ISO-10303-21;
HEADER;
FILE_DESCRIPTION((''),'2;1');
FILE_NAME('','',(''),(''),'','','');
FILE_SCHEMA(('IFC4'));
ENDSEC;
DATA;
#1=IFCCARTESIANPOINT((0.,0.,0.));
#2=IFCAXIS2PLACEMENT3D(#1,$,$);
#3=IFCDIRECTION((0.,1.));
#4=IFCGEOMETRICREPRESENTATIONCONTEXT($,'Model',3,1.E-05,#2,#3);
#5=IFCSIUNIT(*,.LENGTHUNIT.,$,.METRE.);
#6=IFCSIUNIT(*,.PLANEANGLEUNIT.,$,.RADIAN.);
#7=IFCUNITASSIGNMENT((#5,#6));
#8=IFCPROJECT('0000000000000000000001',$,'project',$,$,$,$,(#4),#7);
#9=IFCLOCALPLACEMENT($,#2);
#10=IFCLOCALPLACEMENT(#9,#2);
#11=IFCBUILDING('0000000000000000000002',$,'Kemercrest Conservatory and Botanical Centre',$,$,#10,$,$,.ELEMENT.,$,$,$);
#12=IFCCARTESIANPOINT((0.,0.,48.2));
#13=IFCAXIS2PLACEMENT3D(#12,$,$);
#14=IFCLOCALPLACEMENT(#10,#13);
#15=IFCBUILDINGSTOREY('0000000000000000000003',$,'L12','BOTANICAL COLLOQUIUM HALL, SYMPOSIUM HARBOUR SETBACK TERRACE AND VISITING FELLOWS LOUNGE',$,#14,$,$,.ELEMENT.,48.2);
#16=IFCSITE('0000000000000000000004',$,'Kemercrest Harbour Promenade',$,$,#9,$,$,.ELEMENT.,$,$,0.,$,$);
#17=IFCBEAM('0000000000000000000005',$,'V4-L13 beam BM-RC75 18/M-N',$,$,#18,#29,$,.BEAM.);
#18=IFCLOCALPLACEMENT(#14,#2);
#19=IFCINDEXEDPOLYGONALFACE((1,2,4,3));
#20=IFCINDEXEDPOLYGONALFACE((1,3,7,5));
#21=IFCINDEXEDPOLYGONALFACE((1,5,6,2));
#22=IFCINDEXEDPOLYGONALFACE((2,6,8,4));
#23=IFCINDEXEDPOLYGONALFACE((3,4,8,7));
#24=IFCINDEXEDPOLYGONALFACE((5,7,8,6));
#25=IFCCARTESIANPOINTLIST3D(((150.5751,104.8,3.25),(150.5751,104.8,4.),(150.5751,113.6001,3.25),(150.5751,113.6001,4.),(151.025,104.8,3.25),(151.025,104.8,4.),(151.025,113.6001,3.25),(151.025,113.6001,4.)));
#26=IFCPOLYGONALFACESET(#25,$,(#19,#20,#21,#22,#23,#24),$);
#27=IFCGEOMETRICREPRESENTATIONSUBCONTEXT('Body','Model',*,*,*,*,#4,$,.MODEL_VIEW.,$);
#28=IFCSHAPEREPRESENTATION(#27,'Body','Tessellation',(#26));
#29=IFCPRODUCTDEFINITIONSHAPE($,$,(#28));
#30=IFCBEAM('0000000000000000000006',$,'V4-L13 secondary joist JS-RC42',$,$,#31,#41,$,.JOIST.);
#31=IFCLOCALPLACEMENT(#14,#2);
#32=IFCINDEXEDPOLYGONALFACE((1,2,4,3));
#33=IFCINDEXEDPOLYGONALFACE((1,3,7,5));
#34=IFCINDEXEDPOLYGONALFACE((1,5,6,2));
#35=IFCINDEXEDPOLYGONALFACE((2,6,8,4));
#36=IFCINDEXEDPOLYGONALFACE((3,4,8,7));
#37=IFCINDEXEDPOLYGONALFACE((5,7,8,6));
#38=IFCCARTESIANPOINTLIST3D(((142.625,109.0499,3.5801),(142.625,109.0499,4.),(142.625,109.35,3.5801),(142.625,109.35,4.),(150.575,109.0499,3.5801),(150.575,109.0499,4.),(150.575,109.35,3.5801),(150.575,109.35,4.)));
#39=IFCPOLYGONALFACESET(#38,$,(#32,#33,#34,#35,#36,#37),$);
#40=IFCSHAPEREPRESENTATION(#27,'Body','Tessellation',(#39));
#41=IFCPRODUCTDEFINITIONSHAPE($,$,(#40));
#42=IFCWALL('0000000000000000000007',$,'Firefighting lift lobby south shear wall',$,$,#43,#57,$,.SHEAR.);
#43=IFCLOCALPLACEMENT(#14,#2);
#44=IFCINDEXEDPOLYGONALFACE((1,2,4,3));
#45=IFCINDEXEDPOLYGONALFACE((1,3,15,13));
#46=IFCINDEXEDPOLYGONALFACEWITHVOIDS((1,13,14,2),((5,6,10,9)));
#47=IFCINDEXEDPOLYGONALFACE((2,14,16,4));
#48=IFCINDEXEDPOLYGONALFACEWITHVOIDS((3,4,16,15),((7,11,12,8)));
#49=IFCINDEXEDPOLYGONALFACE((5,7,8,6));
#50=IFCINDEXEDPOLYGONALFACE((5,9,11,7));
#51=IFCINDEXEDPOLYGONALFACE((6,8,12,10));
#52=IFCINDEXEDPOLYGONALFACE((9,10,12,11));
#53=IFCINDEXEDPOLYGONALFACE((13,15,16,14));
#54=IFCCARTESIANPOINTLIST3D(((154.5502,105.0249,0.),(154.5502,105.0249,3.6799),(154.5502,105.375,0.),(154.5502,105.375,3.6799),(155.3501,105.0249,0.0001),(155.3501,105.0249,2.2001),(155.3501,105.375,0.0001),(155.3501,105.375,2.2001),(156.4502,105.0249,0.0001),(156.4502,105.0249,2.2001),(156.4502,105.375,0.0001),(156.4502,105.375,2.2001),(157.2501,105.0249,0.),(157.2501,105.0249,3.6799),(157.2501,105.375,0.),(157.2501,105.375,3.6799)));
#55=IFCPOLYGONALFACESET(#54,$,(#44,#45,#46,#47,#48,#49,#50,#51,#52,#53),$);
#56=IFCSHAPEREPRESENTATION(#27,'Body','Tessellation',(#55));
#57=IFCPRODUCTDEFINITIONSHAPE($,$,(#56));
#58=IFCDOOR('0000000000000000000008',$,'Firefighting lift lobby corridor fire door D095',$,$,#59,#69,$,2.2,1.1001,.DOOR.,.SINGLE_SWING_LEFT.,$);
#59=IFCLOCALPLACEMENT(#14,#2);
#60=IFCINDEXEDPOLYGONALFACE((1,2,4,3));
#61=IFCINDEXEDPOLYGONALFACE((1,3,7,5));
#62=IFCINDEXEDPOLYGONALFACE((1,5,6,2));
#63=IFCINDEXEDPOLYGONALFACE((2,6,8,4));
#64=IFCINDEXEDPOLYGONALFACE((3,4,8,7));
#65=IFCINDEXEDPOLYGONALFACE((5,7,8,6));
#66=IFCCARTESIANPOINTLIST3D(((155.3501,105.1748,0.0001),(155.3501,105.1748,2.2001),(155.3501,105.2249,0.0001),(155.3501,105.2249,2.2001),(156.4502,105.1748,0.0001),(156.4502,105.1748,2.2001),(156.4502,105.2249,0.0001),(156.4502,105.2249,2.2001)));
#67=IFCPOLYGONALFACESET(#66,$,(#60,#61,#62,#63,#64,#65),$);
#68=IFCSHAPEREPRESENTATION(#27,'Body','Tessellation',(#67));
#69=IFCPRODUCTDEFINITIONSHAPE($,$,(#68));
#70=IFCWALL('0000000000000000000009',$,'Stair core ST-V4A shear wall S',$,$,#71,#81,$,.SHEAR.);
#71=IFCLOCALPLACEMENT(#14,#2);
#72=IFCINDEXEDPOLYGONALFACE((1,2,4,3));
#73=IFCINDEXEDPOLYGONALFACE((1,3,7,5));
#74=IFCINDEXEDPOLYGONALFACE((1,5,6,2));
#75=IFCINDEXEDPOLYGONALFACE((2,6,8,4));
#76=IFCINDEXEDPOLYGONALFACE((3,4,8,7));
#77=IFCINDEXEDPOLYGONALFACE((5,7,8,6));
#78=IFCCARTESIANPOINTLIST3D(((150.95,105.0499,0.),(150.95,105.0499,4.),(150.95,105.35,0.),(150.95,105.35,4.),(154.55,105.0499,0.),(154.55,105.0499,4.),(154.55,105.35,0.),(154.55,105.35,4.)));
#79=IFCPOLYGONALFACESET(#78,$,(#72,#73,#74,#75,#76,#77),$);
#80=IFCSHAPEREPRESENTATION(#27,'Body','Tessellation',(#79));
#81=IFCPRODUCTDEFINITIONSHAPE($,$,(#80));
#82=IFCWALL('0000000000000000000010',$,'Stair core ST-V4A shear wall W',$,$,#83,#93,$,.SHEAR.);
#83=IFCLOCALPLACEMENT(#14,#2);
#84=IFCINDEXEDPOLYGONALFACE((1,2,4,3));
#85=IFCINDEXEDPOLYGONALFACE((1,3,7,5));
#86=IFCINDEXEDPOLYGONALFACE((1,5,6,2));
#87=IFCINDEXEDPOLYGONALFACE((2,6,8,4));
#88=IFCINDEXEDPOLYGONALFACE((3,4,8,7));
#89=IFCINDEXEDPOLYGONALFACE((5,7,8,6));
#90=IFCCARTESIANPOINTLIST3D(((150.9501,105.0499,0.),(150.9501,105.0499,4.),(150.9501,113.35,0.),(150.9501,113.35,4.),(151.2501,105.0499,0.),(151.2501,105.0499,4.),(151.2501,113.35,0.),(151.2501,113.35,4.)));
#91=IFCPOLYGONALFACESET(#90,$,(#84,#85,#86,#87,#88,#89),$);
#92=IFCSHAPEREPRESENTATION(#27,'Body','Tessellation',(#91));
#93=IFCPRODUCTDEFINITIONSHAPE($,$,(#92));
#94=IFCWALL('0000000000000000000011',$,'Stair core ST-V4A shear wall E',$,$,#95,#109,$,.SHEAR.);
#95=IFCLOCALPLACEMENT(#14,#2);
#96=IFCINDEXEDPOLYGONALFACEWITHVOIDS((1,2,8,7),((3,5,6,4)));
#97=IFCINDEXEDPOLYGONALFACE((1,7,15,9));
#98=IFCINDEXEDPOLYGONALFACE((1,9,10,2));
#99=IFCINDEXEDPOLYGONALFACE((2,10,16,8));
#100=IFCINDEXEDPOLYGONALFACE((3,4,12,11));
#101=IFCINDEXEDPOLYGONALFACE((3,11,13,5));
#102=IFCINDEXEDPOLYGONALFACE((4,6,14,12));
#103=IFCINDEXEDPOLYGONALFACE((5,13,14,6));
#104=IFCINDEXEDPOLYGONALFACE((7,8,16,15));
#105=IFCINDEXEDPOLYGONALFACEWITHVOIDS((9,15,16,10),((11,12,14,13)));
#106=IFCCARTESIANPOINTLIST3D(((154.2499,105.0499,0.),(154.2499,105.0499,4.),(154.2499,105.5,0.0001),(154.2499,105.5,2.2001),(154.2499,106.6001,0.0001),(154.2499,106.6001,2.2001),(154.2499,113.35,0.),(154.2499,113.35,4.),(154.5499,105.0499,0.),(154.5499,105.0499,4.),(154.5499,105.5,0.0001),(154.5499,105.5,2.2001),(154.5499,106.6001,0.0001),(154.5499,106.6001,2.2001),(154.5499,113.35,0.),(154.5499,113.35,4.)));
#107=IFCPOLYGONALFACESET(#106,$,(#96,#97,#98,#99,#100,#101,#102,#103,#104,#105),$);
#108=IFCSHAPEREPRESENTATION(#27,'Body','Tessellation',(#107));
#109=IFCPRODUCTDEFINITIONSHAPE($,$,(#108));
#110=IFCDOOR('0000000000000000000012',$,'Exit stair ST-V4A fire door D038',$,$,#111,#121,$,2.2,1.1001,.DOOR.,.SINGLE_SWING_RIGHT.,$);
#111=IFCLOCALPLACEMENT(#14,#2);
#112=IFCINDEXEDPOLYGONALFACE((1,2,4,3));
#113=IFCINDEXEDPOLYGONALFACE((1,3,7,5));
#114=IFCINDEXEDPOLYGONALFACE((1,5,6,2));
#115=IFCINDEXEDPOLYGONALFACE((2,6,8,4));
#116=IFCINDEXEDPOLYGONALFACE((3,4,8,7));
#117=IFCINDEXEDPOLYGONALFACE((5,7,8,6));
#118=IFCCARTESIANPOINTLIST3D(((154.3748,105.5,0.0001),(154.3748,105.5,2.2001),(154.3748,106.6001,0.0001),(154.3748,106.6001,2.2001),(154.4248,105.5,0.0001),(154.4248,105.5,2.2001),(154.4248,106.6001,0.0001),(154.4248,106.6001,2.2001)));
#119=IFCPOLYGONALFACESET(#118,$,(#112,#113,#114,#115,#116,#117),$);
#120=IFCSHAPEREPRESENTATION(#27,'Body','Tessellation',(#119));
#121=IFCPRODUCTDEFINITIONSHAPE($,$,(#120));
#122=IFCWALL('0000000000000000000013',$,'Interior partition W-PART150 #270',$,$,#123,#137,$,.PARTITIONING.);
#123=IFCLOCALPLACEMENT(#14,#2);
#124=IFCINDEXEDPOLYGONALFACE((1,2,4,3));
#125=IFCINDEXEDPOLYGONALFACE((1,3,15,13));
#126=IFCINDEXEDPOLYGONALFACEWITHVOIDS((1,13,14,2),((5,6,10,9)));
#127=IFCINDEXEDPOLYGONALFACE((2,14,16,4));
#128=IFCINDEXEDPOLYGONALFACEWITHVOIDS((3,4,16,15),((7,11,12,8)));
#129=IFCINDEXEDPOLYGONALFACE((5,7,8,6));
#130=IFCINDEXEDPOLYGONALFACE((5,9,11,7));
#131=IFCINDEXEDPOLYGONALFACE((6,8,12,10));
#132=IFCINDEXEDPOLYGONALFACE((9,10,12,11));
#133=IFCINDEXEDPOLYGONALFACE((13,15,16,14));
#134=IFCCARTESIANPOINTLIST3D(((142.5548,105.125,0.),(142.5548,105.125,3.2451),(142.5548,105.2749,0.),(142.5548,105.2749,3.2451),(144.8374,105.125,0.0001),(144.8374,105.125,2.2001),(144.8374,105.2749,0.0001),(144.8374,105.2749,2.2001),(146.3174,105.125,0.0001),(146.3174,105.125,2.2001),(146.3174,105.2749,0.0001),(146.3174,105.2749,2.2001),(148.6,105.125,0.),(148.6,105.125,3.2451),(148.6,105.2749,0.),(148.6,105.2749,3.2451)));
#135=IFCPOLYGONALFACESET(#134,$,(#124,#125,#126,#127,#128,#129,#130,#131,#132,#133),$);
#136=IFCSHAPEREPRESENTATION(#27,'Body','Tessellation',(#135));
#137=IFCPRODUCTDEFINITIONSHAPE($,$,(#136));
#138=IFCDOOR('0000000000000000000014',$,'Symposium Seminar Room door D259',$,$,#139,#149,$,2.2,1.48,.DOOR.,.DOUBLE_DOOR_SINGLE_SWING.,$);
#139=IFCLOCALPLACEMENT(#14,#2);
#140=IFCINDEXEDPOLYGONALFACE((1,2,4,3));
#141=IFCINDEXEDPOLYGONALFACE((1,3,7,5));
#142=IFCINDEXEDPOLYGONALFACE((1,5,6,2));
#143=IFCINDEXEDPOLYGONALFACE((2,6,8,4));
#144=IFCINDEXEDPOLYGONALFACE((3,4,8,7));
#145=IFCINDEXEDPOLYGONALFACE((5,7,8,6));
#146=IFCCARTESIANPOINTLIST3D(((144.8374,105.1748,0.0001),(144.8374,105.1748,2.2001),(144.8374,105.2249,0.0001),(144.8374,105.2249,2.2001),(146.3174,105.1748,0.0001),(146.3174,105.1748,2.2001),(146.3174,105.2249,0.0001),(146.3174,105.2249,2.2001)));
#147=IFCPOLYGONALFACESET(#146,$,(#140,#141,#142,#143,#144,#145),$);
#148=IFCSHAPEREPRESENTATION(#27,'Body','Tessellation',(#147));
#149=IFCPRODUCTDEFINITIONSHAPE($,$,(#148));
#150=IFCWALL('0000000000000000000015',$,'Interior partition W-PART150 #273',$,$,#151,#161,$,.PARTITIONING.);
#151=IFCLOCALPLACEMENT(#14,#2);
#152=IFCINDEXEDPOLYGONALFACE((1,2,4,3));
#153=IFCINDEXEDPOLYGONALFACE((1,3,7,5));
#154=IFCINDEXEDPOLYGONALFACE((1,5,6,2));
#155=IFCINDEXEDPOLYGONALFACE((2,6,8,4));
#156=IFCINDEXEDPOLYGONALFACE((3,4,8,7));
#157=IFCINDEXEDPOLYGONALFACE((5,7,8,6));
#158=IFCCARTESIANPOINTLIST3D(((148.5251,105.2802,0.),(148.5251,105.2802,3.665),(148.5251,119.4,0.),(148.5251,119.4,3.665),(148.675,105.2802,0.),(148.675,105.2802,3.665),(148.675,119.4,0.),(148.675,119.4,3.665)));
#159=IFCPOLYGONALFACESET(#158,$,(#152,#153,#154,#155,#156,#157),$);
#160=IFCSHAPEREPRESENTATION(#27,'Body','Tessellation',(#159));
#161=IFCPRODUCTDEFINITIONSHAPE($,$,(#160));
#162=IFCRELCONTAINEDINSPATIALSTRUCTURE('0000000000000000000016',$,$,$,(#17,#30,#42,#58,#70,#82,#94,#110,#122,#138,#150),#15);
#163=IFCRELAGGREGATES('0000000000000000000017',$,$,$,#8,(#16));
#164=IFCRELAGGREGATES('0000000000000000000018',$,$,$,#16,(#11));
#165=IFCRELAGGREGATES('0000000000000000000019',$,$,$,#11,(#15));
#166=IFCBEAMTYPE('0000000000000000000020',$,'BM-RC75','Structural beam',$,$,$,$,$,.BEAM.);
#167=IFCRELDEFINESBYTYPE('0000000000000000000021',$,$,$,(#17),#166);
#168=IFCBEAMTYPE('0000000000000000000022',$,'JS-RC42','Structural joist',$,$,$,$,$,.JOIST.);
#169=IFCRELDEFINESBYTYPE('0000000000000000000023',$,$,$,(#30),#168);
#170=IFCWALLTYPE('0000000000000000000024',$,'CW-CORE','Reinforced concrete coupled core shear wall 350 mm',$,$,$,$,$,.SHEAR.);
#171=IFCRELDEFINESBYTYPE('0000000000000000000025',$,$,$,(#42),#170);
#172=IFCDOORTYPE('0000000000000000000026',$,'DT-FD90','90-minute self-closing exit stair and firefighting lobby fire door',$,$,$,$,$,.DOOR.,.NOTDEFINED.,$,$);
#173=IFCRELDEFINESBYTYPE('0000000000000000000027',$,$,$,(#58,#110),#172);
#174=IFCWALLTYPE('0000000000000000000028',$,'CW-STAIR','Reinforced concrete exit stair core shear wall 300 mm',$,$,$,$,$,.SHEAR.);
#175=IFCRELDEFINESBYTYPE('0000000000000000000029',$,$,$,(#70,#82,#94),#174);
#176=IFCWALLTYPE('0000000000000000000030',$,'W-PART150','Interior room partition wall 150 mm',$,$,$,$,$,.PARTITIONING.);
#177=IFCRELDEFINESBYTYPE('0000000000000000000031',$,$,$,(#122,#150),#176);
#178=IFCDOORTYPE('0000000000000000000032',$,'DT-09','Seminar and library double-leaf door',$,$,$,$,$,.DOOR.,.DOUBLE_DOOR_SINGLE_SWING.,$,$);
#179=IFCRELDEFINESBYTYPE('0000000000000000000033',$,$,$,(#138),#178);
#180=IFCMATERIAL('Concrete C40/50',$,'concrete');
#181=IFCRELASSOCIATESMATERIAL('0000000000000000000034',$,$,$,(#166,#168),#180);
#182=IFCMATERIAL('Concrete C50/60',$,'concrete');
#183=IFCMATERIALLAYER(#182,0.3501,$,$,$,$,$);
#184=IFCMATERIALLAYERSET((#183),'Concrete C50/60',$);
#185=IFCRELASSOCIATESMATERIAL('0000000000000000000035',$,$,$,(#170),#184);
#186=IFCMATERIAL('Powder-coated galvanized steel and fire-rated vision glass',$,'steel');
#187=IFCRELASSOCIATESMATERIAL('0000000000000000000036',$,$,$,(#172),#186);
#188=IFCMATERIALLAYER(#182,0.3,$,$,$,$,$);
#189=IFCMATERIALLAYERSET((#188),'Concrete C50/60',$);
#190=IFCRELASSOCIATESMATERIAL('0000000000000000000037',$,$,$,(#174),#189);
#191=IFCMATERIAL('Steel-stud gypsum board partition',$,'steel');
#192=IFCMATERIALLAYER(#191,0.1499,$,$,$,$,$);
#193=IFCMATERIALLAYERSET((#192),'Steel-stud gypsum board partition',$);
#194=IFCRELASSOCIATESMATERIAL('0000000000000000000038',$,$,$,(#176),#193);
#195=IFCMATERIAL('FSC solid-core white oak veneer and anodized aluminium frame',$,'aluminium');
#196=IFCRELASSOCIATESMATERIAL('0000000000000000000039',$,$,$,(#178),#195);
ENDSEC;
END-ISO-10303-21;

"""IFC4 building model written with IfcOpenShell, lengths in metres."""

from ifc_helpers import new_model, si_unit, direction, frame, frame_2d, origin, origin_2d, place, context, subcontext, project, spatial, rectangle, extrude, material, layer, layer_set, material_profile, profile_set, type_object, element, fill, save


model = new_model("IFC4")

# Units and contexts
model_context = context("Model", 3, precision=1e-05, world=origin(), true_north=direction((0.0, 1.0)))
body_context = subcontext(model_context, "Body", "Model", "MODEL_VIEW")
ifc_project = project(units=[si_unit("LENGTHUNIT", "METRE"), si_unit("PLANEANGLEUNIT", "RADIAN")], contexts=[model_context])

# Site, building, storey
site_placement = place(None, origin())
site = spatial("IfcSite", under=ifc_project, at=site_placement, Name="Kemercrest Harbour Promenade", CompositionType="ELEMENT", RefElevation=0.0)
building_placement = place(site_placement, origin())
building = spatial("IfcBuilding", under=site, at=building_placement, Name="Kemercrest Conservatory and Botanical Centre", CompositionType="ELEMENT")
storey_placement = place(building_placement, frame((0.0, 0.0, 48.2)))
storey = spatial("IfcBuildingStorey", under=building, at=storey_placement, Name="L12", Description="BOTANICAL COLLOQUIUM HALL, SYMPOSIUM HARBOUR SETBACK TERRACE AND VISITING FELLOWS LOUNGE", CompositionType="ELEMENT", Elevation=48.2)

# Beams
ifc_material_1 = material(Name="Concrete C40/50", Category="concrete")
ifc_material_profile_1 = material_profile(ifc_material_1, rectangle(XDim=0.45, YDim=0.75, at=origin_2d()), Name="RC 450x750")
ifc_profile_set_1 = profile_set([ifc_material_profile_1], Name="Concrete C40/50")
beam_type_1 = type_object("IfcBeamType", Name="BM-RC75", Description="Structural beam", PredefinedType="BEAM", material=ifc_profile_set_1)
beam_1_placement = place(storey_placement, frame((150.8, 104.8, 3.625), z_axis=(0.0, 1.0, 0.0), x_axis=(-1.0, 0.0, 0.0)))
element("IfcBeam", 1, at=beam_1_placement, inside=storey, type_object=beam_type_1, Name="V4-L13 beam BM-RC75 18/M-N", PredefinedType="BEAM", context=body_context, shape_type="SweptSolid", body=[
    extrude(rectangle(XDim=0.45, YDim=0.75, at=origin_2d()), origin(), (0.0, 0.0, 1.0), 8.8),
])
ifc_material_profile_2 = material_profile(ifc_material_1, rectangle(XDim=0.3, YDim=0.4199, at=origin_2d()), Name="RC 300x420")
ifc_profile_set_2 = profile_set([ifc_material_profile_2], Name="Concrete C40/50")
beam_type_2 = type_object("IfcBeamType", Name="JS-RC42", Description="Structural joist", PredefinedType="JOIST", material=ifc_profile_set_2)
beam_2_placement = place(storey_placement, frame((142.625, 109.2, 3.79), z_axis=(1.0, 0.0, 0.0), x_axis=(0.0, 1.0, 0.0)))
element("IfcBeam", 2, at=beam_2_placement, inside=storey, type_object=beam_type_2, Name="V4-L13 secondary joist JS-RC42", PredefinedType="JOIST", context=body_context, shape_type="SweptSolid", body=[
    extrude(rectangle(XDim=0.3, YDim=0.4199, at=origin_2d()), origin(), (0.0, 0.0, 1.0), 7.95),
])

# Wall, opening, door
ifc_material_2 = material(Name="Concrete C50/60", Category="concrete")
ifc_layer_1 = layer(ifc_material_2, 0.3501)
ifc_layer_set_1 = layer_set([ifc_layer_1], Name="Concrete C50/60")
wall_type_1 = type_object("IfcWallType", Name="CW-CORE", Description="Reinforced concrete coupled core shear wall 350 mm", PredefinedType="SHEAR", material=ifc_layer_set_1)
wall_1_placement = place(storey_placement, frame((154.55, 105.2, 0.0), z_axis=(0.0, 0.0, 1.0), x_axis=(1.0, 0.0, 0.0)))
wall_1 = element("IfcWall", 3, at=wall_1_placement, inside=storey, type_object=wall_type_1, Name="Firefighting lift lobby south shear wall", PredefinedType="SHEAR", context=body_context, shape_type="SweptSolid", body=[
    extrude(rectangle(XDim=2.7, YDim=0.3501, at=frame_2d((1.3501, 0.0))), origin(), (0.0, 0.0, 1.0), 3.6799),
])
opening_1_placement = place(wall_1_placement, frame((0.8, 0.0, 0.0)))
opening_1 = element("IfcOpeningElement", 4, at=opening_1_placement, cuts=wall_1, PredefinedType="OPENING", context=body_context, shape_type="SweptSolid", body=[
    extrude(rectangle(XDim=1.1001, YDim=2.2, at=frame_2d((0.55, 1.1001))), frame((0.0, 0.1851, 0.0), z_axis=(0.0, -1.0, 0.0), x_axis=(1.0, 0.0, 0.0)), (0.0, 0.0, 1.0), 0.3701),
])
ifc_material_3 = material(Name="Powder-coated galvanized steel and fire-rated vision glass", Category="steel")
door_type_1 = type_object("IfcDoorType", Name="DT-FD90", Description="90-minute self-closing exit stair and firefighting lobby fire door", OperationType="NOTDEFINED", PredefinedType="DOOR", material=ifc_material_3)
door_1_placement = place(opening_1_placement, origin())
door_1 = element("IfcDoor", 5, at=door_1_placement, inside=storey, type_object=door_type_1, Name="Firefighting lift lobby corridor fire door D095", OperationType="SINGLE_SWING_LEFT", OverallHeight=2.2, OverallWidth=1.1001, PredefinedType="DOOR", context=body_context, shape_type="SweptSolid", body=[
    extrude(rectangle(XDim=1.1001, YDim=2.2, at=frame_2d((0.55, 1.1001))), frame((0.0, 0.0249, 0.0), z_axis=(0.0, -1.0, 0.0), x_axis=(1.0, 0.0, 0.0)), (0.0, 0.0, 1.0), 0.05),
])
fill(opening_1, door_1)

# Walls
ifc_layer_2 = layer(ifc_material_2, 0.3)
ifc_layer_set_2 = layer_set([ifc_layer_2], Name="Concrete C50/60")
wall_type_2 = type_object("IfcWallType", Name="CW-STAIR", Description="Reinforced concrete exit stair core shear wall 300 mm", PredefinedType="SHEAR", material=ifc_layer_set_2)
wall_2_placement = place(storey_placement, frame((150.95, 105.2, 0.0), z_axis=(0.0, 0.0, 1.0), x_axis=(1.0, 0.0, 0.0)))
element("IfcWall", 6, at=wall_2_placement, inside=storey, type_object=wall_type_2, Name="Stair core ST-V4A shear wall S", PredefinedType="SHEAR", context=body_context, shape_type="SweptSolid", body=[
    extrude(rectangle(XDim=3.6001, YDim=0.3, at=frame_2d((1.8, 0.0))), origin(), (0.0, 0.0, 1.0), 4.0),
])
wall_3_placement = place(storey_placement, frame((151.1001, 105.05, 0.0), z_axis=(0.0, 0.0, 1.0), x_axis=(0.0, 1.0, 0.0)))
element("IfcWall", 7, at=wall_3_placement, inside=storey, type_object=wall_type_2, Name="Stair core ST-V4A shear wall W", PredefinedType="SHEAR", context=body_context, shape_type="SweptSolid", body=[
    extrude(rectangle(XDim=8.3, YDim=0.3, at=frame_2d((4.1499, 0.0))), origin(), (0.0, 0.0, 1.0), 4.0),
])

# Walls, openings, doors
wall_4_placement = place(storey_placement, frame((154.3999, 105.05, 0.0), z_axis=(0.0, 0.0, 1.0), x_axis=(0.0, 1.0, 0.0)))
wall_4 = element("IfcWall", 8, at=wall_4_placement, inside=storey, type_object=wall_type_2, Name="Stair core ST-V4A shear wall E", PredefinedType="SHEAR", context=body_context, shape_type="SweptSolid", body=[
    extrude(rectangle(XDim=8.3, YDim=0.3, at=frame_2d((4.1499, 0.0))), origin(), (0.0, 0.0, 1.0), 4.0),
])
opening_2_placement = place(wall_4_placement, frame((0.45, 0.0, 0.0)))
opening_2 = element("IfcOpeningElement", 9, at=opening_2_placement, cuts=wall_4, PredefinedType="OPENING", context=body_context, shape_type="SweptSolid", body=[
    extrude(rectangle(XDim=1.1001, YDim=2.2, at=frame_2d((0.55, 1.1001))), frame((0.0, 0.1602, 0.0), z_axis=(0.0, -1.0, 0.0), x_axis=(1.0, 0.0, 0.0)), (0.0, 0.0, 1.0), 0.3201),
])
door_2_placement = place(opening_2_placement, frame((1.1001, 0.0, 0.0), z_axis=(0.0, 0.0, 1.0), x_axis=(-1.0, 0.0, 0.0)))
door_2 = element("IfcDoor", 10, at=door_2_placement, inside=storey, type_object=door_type_1, Name="Exit stair ST-V4A fire door D038", OperationType="SINGLE_SWING_RIGHT", OverallHeight=2.2, OverallWidth=1.1001, PredefinedType="DOOR", context=body_context, shape_type="SweptSolid", body=[
    extrude(rectangle(XDim=1.1001, YDim=2.2, at=frame_2d((0.55, 1.1001))), frame((0.0, 0.0249, 0.0), z_axis=(0.0, -1.0, 0.0), x_axis=(1.0, 0.0, 0.0)), (0.0, 0.0, 1.0), 0.05),
])
fill(opening_2, door_2)
ifc_material_4 = material(Name="Steel-stud gypsum board partition", Category="steel")
ifc_layer_3 = layer(ifc_material_4, 0.1499)
ifc_layer_set_3 = layer_set([ifc_layer_3], Name="Steel-stud gypsum board partition")
wall_type_3 = type_object("IfcWallType", Name="W-PART150", Description="Interior room partition wall 150 mm", PredefinedType="PARTITIONING", material=ifc_layer_set_3)
wall_5_placement = place(storey_placement, frame((142.5549, 105.2, 0.0), z_axis=(0.0, 0.0, 1.0), x_axis=(1.0, 0.0, 0.0)))
wall_5 = element("IfcWall", 11, at=wall_5_placement, inside=storey, type_object=wall_type_3, Name="Interior partition W-PART150 #270", PredefinedType="PARTITIONING", context=body_context, shape_type="SweptSolid", body=[
    extrude(rectangle(XDim=6.0452, YDim=0.1499, at=frame_2d((3.0225, 0.0))), origin(), (0.0, 0.0, 1.0), 3.2451),
])
opening_3_placement = place(wall_5_placement, frame((2.2825, 0.0, 0.0)))
opening_3 = element("IfcOpeningElement", 12, at=opening_3_placement, cuts=wall_5, PredefinedType="OPENING", context=body_context, shape_type="SweptSolid", body=[
    extrude(rectangle(XDim=1.48, YDim=2.2, at=frame_2d((0.74, 1.1001))), frame((0.0, 0.085, 0.0), z_axis=(0.0, -1.0, 0.0), x_axis=(1.0, 0.0, 0.0)), (0.0, 0.0, 1.0), 0.1699),
])
ifc_material_5 = material(Name="FSC solid-core white oak veneer and anodized aluminium frame", Category="aluminium")
door_type_2 = type_object("IfcDoorType", Name="DT-09", Description="Seminar and library double-leaf door", OperationType="DOUBLE_DOOR_SINGLE_SWING", PredefinedType="DOOR", material=ifc_material_5)
door_3_placement = place(opening_3_placement, origin())
door_3 = element("IfcDoor", 13, at=door_3_placement, inside=storey, type_object=door_type_2, Name="Symposium Seminar Room door D259", OperationType="DOUBLE_DOOR_SINGLE_SWING", OverallHeight=2.2, OverallWidth=1.48, PredefinedType="DOOR", context=body_context, shape_type="SweptSolid", body=[
    extrude(rectangle(XDim=1.48, YDim=2.2, at=frame_2d((0.74, 1.1001))), frame((0.0, 0.0249, 0.0), z_axis=(0.0, -1.0, 0.0), x_axis=(1.0, 0.0, 0.0)), (0.0, 0.0, 1.0), 0.05),
])
fill(opening_3, door_3)

# Wall
wall_6_placement = place(storey_placement, frame((148.6001, 105.28, 0.0), z_axis=(0.0, 0.0, 1.0), x_axis=(0.0, 1.0, 0.0)))
element("IfcWall", 14, at=wall_6_placement, inside=storey, type_object=wall_type_3, Name="Interior partition W-PART150 #273", PredefinedType="PARTITIONING", context=body_context, shape_type="SweptSolid", body=[
    extrude(rectangle(XDim=14.1199, YDim=0.1499, at=frame_2d((7.0601, 0.0))), origin(), (0.0, 0.0, 1.0), 3.665),
])

save(model, "model.ifc")
